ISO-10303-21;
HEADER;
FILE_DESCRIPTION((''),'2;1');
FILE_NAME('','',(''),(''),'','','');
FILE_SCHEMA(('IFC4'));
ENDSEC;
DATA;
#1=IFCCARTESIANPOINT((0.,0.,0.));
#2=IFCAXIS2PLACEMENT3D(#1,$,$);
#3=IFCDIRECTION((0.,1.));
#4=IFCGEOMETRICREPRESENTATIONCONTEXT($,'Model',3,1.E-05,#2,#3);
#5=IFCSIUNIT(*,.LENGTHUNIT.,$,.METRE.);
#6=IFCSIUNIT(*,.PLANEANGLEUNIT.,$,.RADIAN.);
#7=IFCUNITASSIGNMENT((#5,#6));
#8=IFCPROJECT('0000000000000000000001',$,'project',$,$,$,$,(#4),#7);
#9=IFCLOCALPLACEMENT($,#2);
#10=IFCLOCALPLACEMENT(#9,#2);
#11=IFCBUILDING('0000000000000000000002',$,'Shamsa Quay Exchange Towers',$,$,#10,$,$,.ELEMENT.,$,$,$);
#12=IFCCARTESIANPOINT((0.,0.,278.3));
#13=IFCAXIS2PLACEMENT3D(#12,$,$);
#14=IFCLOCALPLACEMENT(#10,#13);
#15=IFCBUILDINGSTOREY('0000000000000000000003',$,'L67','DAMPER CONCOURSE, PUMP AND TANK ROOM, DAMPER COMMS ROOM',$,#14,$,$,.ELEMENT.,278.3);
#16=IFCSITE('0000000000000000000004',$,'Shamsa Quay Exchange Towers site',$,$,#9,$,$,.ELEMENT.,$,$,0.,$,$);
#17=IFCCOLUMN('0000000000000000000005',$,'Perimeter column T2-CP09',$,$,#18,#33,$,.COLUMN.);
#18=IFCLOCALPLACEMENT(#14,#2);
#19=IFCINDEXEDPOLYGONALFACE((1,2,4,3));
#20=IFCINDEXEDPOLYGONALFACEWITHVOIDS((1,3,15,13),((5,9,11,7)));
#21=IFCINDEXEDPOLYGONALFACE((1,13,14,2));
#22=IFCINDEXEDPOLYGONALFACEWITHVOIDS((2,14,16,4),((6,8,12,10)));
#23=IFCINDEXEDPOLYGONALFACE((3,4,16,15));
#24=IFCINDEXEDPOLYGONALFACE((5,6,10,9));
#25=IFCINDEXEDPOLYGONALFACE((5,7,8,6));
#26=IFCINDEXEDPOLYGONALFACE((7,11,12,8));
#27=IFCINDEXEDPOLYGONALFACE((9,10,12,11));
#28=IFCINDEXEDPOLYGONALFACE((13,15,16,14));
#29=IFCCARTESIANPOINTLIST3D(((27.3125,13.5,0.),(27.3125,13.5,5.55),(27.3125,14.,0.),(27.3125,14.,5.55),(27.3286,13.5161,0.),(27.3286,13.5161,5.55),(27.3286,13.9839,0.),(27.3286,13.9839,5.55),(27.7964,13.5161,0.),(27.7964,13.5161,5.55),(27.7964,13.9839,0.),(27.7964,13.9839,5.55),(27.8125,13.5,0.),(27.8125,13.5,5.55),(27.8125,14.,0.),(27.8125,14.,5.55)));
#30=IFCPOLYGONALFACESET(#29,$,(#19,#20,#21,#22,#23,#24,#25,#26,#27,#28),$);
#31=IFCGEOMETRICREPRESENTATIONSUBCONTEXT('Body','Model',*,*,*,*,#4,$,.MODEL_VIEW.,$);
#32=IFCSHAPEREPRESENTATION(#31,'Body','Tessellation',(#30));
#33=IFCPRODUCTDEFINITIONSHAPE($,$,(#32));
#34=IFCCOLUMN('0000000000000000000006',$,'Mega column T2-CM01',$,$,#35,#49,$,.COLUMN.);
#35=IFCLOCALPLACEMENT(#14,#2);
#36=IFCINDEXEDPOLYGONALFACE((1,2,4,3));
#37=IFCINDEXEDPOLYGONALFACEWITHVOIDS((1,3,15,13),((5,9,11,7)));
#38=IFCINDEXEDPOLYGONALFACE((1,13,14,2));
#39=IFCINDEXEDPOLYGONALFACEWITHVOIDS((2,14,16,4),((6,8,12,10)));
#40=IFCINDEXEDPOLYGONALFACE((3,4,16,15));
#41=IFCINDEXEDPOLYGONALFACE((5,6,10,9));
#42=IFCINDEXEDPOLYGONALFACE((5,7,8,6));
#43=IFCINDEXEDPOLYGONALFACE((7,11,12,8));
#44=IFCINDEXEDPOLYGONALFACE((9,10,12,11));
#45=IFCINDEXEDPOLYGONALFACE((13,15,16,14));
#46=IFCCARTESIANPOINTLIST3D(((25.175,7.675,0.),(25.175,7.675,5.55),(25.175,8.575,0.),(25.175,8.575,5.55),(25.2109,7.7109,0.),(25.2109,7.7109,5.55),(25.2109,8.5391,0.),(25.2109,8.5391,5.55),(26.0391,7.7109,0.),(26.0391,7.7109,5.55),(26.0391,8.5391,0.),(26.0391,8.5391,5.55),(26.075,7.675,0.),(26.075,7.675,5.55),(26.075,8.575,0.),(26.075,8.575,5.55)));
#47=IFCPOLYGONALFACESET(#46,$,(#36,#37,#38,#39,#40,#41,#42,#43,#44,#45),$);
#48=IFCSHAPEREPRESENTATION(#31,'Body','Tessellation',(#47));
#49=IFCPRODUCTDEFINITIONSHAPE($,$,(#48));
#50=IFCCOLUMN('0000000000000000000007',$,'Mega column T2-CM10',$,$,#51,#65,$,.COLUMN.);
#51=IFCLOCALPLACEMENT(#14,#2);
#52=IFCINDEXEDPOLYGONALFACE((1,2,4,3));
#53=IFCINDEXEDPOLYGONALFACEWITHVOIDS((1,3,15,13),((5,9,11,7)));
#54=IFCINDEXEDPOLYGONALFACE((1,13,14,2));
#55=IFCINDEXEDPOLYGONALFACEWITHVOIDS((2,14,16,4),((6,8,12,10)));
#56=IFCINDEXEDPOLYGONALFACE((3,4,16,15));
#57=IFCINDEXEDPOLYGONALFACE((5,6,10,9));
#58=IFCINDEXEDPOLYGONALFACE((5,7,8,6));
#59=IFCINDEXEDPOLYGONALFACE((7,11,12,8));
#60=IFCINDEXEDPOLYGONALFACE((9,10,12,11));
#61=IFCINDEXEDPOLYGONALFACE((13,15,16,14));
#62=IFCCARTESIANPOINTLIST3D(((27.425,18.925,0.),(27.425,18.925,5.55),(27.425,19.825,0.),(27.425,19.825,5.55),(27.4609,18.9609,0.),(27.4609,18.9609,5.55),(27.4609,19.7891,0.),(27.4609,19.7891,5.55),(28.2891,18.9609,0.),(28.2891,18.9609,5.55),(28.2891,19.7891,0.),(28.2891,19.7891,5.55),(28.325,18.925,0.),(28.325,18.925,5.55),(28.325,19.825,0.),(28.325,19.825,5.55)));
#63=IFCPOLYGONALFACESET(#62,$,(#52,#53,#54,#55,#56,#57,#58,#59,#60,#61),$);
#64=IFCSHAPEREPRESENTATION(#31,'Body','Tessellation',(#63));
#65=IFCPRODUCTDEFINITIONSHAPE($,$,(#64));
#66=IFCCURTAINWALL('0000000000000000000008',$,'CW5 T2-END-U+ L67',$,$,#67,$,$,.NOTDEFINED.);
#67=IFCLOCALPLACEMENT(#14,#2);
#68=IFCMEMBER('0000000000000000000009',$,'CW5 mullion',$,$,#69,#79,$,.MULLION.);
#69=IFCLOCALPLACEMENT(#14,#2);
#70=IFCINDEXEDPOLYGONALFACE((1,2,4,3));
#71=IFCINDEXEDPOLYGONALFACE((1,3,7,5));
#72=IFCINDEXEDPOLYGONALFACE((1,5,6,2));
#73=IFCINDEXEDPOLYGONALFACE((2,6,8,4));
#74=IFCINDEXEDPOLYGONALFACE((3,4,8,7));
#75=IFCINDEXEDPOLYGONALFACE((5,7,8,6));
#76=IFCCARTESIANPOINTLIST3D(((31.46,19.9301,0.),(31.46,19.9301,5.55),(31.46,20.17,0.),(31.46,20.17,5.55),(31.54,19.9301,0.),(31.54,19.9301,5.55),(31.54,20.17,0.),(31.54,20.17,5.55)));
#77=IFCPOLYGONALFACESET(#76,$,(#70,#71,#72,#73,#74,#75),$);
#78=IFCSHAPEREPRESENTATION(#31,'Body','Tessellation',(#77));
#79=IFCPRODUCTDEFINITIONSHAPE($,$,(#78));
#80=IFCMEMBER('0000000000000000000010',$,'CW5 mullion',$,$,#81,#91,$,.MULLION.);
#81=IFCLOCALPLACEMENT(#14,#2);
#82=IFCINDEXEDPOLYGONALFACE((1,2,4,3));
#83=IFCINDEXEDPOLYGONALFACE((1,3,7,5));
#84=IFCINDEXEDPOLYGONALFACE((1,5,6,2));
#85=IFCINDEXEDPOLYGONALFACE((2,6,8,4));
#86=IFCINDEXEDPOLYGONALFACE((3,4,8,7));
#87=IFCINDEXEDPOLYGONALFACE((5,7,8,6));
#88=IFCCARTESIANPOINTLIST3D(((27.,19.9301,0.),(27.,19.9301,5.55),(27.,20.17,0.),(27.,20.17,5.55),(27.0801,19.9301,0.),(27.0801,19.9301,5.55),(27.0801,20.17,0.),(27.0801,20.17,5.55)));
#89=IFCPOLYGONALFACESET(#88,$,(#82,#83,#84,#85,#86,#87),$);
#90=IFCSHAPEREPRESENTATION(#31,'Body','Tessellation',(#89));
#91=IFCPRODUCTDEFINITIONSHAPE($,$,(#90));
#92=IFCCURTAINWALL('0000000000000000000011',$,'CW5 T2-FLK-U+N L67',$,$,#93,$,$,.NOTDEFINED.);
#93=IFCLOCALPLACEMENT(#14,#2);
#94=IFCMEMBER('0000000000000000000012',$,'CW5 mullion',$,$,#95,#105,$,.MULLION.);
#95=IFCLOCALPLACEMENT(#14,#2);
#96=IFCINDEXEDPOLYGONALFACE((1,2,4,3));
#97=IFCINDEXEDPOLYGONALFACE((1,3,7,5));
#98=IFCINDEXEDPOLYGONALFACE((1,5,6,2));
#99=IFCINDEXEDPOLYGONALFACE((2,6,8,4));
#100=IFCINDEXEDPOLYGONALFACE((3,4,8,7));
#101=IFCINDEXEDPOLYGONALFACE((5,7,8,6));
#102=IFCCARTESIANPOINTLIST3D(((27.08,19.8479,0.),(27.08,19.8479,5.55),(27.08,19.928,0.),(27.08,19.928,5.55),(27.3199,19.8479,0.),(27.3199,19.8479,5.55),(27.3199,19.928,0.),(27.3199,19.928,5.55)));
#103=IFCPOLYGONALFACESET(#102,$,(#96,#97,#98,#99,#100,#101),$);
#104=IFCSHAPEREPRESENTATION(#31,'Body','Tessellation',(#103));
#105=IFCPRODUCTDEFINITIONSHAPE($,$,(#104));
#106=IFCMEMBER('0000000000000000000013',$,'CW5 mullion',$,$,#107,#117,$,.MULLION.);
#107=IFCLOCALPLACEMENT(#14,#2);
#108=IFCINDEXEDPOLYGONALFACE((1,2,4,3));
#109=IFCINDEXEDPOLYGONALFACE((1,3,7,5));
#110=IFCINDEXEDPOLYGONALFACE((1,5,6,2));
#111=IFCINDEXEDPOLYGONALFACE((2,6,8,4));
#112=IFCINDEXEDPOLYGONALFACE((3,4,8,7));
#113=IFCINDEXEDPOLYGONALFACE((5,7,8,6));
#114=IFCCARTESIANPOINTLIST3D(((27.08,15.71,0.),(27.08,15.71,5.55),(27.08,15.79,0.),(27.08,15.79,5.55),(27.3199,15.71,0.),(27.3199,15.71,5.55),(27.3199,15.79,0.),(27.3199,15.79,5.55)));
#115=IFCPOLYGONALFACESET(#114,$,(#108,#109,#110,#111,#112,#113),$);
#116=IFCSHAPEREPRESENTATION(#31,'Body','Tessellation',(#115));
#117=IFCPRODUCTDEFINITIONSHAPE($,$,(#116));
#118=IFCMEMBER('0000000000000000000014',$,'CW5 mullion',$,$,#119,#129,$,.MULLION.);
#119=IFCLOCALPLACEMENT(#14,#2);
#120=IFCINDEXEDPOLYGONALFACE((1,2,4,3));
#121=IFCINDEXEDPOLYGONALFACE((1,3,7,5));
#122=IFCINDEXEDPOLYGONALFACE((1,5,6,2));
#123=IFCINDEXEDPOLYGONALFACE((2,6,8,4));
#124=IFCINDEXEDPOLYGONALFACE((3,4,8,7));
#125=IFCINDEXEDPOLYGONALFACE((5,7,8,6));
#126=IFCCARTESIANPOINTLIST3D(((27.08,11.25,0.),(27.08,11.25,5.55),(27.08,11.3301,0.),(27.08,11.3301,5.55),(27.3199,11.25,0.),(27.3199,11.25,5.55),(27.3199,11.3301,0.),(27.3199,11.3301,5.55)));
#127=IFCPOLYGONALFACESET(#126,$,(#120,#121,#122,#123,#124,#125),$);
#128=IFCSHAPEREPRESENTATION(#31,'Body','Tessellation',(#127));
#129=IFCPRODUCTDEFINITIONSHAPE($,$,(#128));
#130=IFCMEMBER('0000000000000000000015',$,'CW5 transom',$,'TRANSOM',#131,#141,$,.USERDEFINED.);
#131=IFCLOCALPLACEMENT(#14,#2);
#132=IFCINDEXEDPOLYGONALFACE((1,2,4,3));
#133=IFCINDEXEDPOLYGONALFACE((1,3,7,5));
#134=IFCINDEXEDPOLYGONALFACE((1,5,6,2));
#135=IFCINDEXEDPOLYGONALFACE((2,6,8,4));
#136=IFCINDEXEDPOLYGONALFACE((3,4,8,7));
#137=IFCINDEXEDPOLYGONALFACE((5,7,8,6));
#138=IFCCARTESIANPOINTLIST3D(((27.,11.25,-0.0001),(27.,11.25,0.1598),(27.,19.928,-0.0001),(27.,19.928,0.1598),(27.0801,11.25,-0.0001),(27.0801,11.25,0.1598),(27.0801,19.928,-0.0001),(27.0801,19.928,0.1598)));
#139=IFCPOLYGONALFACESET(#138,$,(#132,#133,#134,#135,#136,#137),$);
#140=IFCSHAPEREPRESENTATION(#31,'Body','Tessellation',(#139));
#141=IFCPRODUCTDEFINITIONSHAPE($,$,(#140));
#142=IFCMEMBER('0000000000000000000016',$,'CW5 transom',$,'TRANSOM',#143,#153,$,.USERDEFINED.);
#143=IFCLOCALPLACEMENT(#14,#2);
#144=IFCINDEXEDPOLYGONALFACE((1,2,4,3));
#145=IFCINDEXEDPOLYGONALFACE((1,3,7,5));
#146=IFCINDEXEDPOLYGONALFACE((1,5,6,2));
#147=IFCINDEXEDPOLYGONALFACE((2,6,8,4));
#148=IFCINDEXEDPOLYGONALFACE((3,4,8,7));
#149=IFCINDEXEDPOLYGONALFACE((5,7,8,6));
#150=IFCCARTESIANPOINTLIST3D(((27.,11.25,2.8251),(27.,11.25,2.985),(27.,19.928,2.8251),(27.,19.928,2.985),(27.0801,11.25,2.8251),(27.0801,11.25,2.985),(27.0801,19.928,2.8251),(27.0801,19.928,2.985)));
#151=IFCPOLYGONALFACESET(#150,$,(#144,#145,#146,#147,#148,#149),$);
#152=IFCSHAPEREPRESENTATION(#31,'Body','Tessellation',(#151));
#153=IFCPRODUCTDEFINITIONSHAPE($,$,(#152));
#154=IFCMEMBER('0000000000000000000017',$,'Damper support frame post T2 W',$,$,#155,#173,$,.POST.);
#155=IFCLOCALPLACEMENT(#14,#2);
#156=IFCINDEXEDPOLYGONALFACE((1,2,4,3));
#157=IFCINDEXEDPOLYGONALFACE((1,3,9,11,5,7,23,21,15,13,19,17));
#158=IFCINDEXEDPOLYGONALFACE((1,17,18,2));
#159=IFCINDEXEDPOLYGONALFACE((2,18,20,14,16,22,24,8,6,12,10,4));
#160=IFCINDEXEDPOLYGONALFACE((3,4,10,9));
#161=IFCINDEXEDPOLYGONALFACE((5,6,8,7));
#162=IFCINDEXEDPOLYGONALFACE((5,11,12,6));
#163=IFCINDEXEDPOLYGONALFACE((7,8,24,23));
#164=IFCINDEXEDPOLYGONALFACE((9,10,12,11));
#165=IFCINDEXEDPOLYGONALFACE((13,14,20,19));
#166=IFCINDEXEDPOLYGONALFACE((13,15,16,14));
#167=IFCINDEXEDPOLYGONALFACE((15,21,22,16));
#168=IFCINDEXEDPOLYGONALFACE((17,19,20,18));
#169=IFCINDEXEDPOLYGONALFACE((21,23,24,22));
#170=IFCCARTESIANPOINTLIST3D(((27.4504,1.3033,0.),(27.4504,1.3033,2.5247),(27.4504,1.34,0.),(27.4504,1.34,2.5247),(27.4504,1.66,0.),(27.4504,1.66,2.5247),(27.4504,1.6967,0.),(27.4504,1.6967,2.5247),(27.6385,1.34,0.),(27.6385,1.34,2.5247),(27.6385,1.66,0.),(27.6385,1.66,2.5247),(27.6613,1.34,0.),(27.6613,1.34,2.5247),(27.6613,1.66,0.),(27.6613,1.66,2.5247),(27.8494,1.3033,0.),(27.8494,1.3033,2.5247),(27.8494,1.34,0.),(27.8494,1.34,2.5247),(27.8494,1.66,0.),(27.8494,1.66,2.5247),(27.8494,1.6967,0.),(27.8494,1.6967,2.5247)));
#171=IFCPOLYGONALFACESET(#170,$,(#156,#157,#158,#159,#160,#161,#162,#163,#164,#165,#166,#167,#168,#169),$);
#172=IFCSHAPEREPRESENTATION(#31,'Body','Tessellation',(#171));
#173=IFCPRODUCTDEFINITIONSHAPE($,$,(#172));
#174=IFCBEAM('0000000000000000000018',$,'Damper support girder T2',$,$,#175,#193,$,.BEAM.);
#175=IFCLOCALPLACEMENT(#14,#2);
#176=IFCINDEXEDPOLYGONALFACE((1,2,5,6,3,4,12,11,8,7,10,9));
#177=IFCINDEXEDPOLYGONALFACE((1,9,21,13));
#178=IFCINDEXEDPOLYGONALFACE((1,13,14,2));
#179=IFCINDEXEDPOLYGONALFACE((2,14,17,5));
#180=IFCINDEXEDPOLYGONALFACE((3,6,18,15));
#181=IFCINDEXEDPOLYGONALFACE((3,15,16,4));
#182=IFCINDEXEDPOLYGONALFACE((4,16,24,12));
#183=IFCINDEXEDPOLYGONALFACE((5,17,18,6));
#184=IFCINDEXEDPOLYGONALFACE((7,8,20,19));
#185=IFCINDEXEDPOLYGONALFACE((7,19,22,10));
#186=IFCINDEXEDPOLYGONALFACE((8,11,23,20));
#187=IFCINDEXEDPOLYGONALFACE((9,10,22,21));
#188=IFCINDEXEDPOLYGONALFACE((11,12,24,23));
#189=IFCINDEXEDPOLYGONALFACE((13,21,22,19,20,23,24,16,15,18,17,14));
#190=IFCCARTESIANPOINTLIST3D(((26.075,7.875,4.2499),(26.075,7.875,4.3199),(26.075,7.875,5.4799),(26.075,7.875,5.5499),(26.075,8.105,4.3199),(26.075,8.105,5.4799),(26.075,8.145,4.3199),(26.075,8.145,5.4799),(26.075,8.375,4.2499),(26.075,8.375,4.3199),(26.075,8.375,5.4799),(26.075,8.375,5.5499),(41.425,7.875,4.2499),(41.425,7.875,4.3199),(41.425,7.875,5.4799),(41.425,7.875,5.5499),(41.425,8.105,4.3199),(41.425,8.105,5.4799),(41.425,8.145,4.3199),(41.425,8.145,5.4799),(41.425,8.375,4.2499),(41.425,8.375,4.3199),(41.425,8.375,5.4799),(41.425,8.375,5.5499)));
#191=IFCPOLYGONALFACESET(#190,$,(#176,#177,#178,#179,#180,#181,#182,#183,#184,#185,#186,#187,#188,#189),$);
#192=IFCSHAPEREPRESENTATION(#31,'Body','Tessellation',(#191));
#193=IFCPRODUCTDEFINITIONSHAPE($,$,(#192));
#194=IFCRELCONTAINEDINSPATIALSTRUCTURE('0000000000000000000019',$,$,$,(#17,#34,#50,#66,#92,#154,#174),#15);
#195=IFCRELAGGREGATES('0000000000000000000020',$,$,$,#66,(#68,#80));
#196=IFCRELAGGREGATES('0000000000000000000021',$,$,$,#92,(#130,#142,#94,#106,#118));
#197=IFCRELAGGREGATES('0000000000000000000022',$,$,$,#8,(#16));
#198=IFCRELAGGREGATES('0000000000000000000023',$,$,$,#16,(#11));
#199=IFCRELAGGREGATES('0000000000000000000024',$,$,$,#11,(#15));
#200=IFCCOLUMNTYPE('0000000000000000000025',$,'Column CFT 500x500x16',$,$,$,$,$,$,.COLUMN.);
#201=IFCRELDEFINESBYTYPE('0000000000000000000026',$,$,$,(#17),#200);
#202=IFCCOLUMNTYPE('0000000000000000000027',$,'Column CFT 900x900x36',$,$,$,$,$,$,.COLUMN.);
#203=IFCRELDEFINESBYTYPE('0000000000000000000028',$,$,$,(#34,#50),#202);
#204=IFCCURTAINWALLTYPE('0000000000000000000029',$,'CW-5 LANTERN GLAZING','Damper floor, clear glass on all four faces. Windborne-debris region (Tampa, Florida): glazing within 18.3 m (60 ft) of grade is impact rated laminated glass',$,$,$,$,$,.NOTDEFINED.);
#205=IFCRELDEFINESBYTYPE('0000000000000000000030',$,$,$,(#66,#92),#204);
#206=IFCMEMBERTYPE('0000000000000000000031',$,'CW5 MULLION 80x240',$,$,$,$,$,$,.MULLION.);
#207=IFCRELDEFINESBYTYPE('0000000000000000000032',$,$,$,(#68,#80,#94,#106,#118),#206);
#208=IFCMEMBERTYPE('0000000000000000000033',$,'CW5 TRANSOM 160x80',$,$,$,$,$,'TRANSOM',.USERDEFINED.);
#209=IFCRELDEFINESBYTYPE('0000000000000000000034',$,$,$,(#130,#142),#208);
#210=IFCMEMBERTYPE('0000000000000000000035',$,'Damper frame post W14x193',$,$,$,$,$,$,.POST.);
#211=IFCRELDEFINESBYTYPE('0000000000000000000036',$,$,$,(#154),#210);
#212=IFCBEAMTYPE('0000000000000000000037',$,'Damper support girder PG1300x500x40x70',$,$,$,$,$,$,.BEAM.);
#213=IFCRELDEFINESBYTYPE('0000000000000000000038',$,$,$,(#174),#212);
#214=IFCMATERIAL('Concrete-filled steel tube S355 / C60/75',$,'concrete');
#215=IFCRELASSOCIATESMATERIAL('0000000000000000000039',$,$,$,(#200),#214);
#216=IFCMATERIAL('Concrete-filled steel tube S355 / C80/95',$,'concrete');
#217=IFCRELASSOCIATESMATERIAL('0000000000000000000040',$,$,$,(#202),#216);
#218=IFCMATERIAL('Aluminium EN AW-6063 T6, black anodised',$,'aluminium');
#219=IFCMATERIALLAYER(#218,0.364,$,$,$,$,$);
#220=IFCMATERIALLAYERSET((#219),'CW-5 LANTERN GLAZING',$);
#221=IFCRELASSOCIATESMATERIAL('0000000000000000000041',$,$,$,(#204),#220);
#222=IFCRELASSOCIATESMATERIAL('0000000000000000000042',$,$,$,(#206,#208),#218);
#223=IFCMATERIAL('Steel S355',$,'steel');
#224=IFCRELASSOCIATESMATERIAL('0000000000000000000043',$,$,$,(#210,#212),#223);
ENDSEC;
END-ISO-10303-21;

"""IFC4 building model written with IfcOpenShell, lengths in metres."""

from ifc_helpers import new_model, si_unit, direction, frame, origin, origin_2d, place, context, subcontext, project, spatial, rectangle, hollow_rectangle, i_section, extrude, material, layer, layer_set, material_profile, profile_set, type_object, element, aggregate, save


model = new_model("IFC4")

# Units and contexts
model_context = context("Model", 3, precision=1e-05, world=origin(), true_north=direction((0.0, 1.0)))
body_context = subcontext(model_context, "Body", "Model", "MODEL_VIEW")
ifc_project = project(units=[si_unit("LENGTHUNIT", "METRE"), si_unit("PLANEANGLEUNIT", "RADIAN")], contexts=[model_context])

# Site, building, storey
site_placement = place(None, origin())
site = spatial("IfcSite", under=ifc_project, at=site_placement, Name="Shamsa Quay Exchange Towers site", CompositionType="ELEMENT", RefElevation=0.0)
building_placement = place(site_placement, origin())
building = spatial("IfcBuilding", under=site, at=building_placement, Name="Shamsa Quay Exchange Towers", CompositionType="ELEMENT")
storey_placement = place(building_placement, frame((0.0, 0.0, 278.3)))
storey = spatial("IfcBuildingStorey", under=building, at=storey_placement, Name="L67", Description="DAMPER CONCOURSE, PUMP AND TANK ROOM, DAMPER COMMS ROOM", CompositionType="ELEMENT", Elevation=278.3)

# Columns
ifc_material_1 = material(Name="Concrete-filled steel tube S355 / C60/75", Category="concrete")
ifc_material_profile_1 = material_profile(ifc_material_1, hollow_rectangle(XDim=0.5, YDim=0.5, WallThickness=0.0161, at=origin_2d()), Name="CFT 500x500x16")
ifc_profile_set_1 = profile_set([ifc_material_profile_1], Name="Concrete-filled steel tube S355 / C60/75")
column_type_1 = type_object("IfcColumnType", Name="Column CFT 500x500x16", PredefinedType="COLUMN", material=ifc_profile_set_1)
column_placement = place(storey_placement, frame((27.5625, 13.75, 0.0)))
element("IfcColumn", 1, at=column_placement, inside=storey, type_object=column_type_1, Name="Perimeter column T2-CP09", PredefinedType="COLUMN", context=body_context, shape_type="SweptSolid", body=[
    extrude(hollow_rectangle(XDim=0.5, YDim=0.5, WallThickness=0.0161, at=origin_2d()), origin(), (0.0, 0.0, 1.0), 5.55),
])
ifc_material_2 = material(Name="Concrete-filled steel tube S355 / C80/95", Category="concrete")
ifc_material_profile_2 = material_profile(ifc_material_2, hollow_rectangle(XDim=0.8999, YDim=0.8999, WallThickness=0.0359, at=origin_2d()), Name="CFT 900x900x36")
ifc_profile_set_2 = profile_set([ifc_material_profile_2], Name="Concrete-filled steel tube S355 / C80/95")
column_type_2 = type_object("IfcColumnType", Name="Column CFT 900x900x36", PredefinedType="COLUMN", material=ifc_profile_set_2)
for number, where, name in (
    (2, (25.625, 8.125, 0.0), "Mega column T2-CM01"),
    (3, (27.875, 19.375, 0.0), "Mega column T2-CM10"),
):
    element("IfcColumn", number, at=place(storey_placement, frame(where)), inside=storey, type_object=column_type_2, Name=name, PredefinedType="COLUMN", context=body_context, shape_type="SweptSolid", body=[
        extrude(hollow_rectangle(XDim=0.8999, YDim=0.8999, WallThickness=0.0359, at=origin_2d()), origin(), (0.0, 0.0, 1.0), 5.55),
    ])

# Curtain walls, members
ifc_material_3 = material(Name="Aluminium EN AW-6063 T6, black anodised", Category="aluminium")
ifc_layer_1 = layer(ifc_material_3, 0.364)
ifc_layer_set_1 = layer_set([ifc_layer_1], Name="CW-5 LANTERN GLAZING")
curtain_wall_type = type_object("IfcCurtainWallType", Name="CW-5 LANTERN GLAZING", Description="Damper floor, clear glass on all four faces. Windborne-debris region (Tampa, Florida): glazing within 18.3 m (60 ft) of grade is impact rated laminated glass", PredefinedType="NOTDEFINED", material=ifc_layer_set_1)
curtain_wall_1_placement = place(storey_placement, origin())
curtain_wall_1 = element("IfcCurtainWall", 4, at=curtain_wall_1_placement, inside=storey, type_object=curtain_wall_type, Name="CW5 T2-END-U+ L67", PredefinedType="NOTDEFINED")
ifc_material_profile_3 = material_profile(ifc_material_3, rectangle(XDim=0.24, YDim=0.0801, at=origin_2d()), Name="MU80x240")
ifc_profile_set_3 = profile_set([ifc_material_profile_3], Name="Aluminium EN AW-6063 T6, black anodised")
member_type_1 = type_object("IfcMemberType", Name="CW5 MULLION 80x240", PredefinedType="MULLION", material=ifc_profile_set_3)
member_1_placement = place(storey_placement, frame((31.5, 20.05, 0.0), z_axis=(0.0, 0.0, 1.0), x_axis=(0.0, -1.0, 0.0)))
member_1 = element("IfcMember", 5, at=member_1_placement, type_object=member_type_1, Name="CW5 mullion", PredefinedType="MULLION", context=body_context, shape_type="SweptSolid", body=[
    extrude(rectangle(XDim=0.24, YDim=0.0801, at=origin_2d()), origin(), (0.0, 0.0, 1.0), 5.55),
])
member_2_placement = place(storey_placement, frame((27.04, 20.05, 0.0), z_axis=(0.0, 0.0, 1.0), x_axis=(0.0, -1.0, 0.0)))
member_2 = element("IfcMember", 6, at=member_2_placement, type_object=member_type_1, Name="CW5 mullion", PredefinedType="MULLION", context=body_context, shape_type="SweptSolid", body=[
    extrude(rectangle(XDim=0.24, YDim=0.0801, at=origin_2d()), origin(), (0.0, 0.0, 1.0), 5.55),
])
curtain_wall_2_placement = place(storey_placement, origin())
curtain_wall_2 = element("IfcCurtainWall", 7, at=curtain_wall_2_placement, inside=storey, type_object=curtain_wall_type, Name="CW5 T2-FLK-U+N L67", PredefinedType="NOTDEFINED")
member_3_placement = place(storey_placement, frame((27.2, 19.8879, 0.0)))
member_3 = element("IfcMember", 8, at=member_3_placement, type_object=member_type_1, Name="CW5 mullion", PredefinedType="MULLION", context=body_context, shape_type="SweptSolid", body=[
    extrude(rectangle(XDim=0.24, YDim=0.0801, at=origin_2d()), origin(), (0.0, 0.0, 1.0), 5.55),
])
member_4_placement = place(storey_placement, frame((27.2, 15.75, 0.0)))
member_4 = element("IfcMember", 9, at=member_4_placement, type_object=member_type_1, Name="CW5 mullion", PredefinedType="MULLION", context=body_context, shape_type="SweptSolid", body=[
    extrude(rectangle(XDim=0.24, YDim=0.0801, at=origin_2d()), origin(), (0.0, 0.0, 1.0), 5.55),
])
member_5_placement = place(storey_placement, frame((27.2, 11.29, 0.0)))
member_5 = element("IfcMember", 10, at=member_5_placement, type_object=member_type_1, Name="CW5 mullion", PredefinedType="MULLION", context=body_context, shape_type="SweptSolid", body=[
    extrude(rectangle(XDim=0.24, YDim=0.0801, at=origin_2d()), origin(), (0.0, 0.0, 1.0), 5.55),
])
ifc_material_profile_4 = material_profile(ifc_material_3, rectangle(XDim=0.0801, YDim=0.1599, at=origin_2d()), Name="TR160x80")
ifc_profile_set_4 = profile_set([ifc_material_profile_4], Name="Aluminium EN AW-6063 T6, black anodised")
member_type_2 = type_object("IfcMemberType", Name="CW5 TRANSOM 160x80", ElementType="TRANSOM", PredefinedType="USERDEFINED", material=ifc_profile_set_4)
member_6_placement = place(storey_placement, frame((27.04, 19.928, 0.0798), z_axis=(0.0, -1.0, 0.0), x_axis=(1.0, 0.0, 0.0)))
member_6 = element("IfcMember", 11, at=member_6_placement, type_object=member_type_2, Name="CW5 transom", ObjectType="TRANSOM", PredefinedType="USERDEFINED", context=body_context, shape_type="SweptSolid", body=[
    extrude(rectangle(XDim=0.0801, YDim=0.1599, at=origin_2d()), origin(), (0.0, 0.0, 1.0), 8.678),
])
member_7_placement = place(storey_placement, frame((27.04, 19.928, 2.905), z_axis=(0.0, -1.0, 0.0), x_axis=(1.0, 0.0, 0.0)))
member_7 = element("IfcMember", 12, at=member_7_placement, type_object=member_type_2, Name="CW5 transom", ObjectType="TRANSOM", PredefinedType="USERDEFINED", context=body_context, shape_type="SweptSolid", body=[
    extrude(rectangle(XDim=0.0801, YDim=0.1599, at=origin_2d()), origin(), (0.0, 0.0, 1.0), 8.678),
])

# Member
ifc_material_4 = material(Name="Steel S355", Category="steel")
ifc_material_profile_5 = material_profile(ifc_material_4, i_section(OverallWidth=0.3989, OverallDepth=0.3933, WebThickness=0.0227, FlangeThickness=0.0366, at=origin_2d()), Name="W14x193")
ifc_profile_set_5 = profile_set([ifc_material_profile_5], Name="Steel S355")
member_type_3 = type_object("IfcMemberType", Name="Damper frame post W14x193", PredefinedType="POST", material=ifc_profile_set_5)
member_8_placement = place(storey_placement, frame((27.6499, 1.5, 0.0)))
element("IfcMember", 13, at=member_8_placement, inside=storey, type_object=member_type_3, Name="Damper support frame post T2 W", PredefinedType="POST", context=body_context, shape_type="SweptSolid", body=[
    extrude(i_section(OverallWidth=0.3989, OverallDepth=0.3933, WebThickness=0.0227, FlangeThickness=0.0366, at=origin_2d()), origin(), (0.0, 0.0, 1.0), 2.5247),
])

# Beam
ifc_material_profile_6 = material_profile(ifc_material_4, i_section(OverallWidth=0.5, OverallDepth=1.3, WebThickness=0.04, FlangeThickness=0.0701, at=origin_2d()), Name="PG1300x500x40x70")
ifc_profile_set_6 = profile_set([ifc_material_profile_6], Name="Steel S355")
beam_type = type_object("IfcBeamType", Name="Damper support girder PG1300x500x40x70", PredefinedType="BEAM", material=ifc_profile_set_6)
beam_placement = place(storey_placement, frame((26.075, 8.125, 4.8999), z_axis=(1.0, 0.0, 0.0), x_axis=(0.0, 1.0, 0.0)))
element("IfcBeam", 14, at=beam_placement, inside=storey, type_object=beam_type, Name="Damper support girder T2", PredefinedType="BEAM", context=body_context, shape_type="SweptSolid", body=[
    extrude(i_section(OverallWidth=0.5, OverallDepth=1.3, WebThickness=0.04, FlangeThickness=0.0701, at=origin_2d()), origin(), (0.0, 0.0, 1.0), 15.3501),
])

aggregate(curtain_wall_1, [member_1, member_2])
aggregate(curtain_wall_2, [member_6, member_7, member_3, member_4, member_5])

save(model, "model.ifc")
